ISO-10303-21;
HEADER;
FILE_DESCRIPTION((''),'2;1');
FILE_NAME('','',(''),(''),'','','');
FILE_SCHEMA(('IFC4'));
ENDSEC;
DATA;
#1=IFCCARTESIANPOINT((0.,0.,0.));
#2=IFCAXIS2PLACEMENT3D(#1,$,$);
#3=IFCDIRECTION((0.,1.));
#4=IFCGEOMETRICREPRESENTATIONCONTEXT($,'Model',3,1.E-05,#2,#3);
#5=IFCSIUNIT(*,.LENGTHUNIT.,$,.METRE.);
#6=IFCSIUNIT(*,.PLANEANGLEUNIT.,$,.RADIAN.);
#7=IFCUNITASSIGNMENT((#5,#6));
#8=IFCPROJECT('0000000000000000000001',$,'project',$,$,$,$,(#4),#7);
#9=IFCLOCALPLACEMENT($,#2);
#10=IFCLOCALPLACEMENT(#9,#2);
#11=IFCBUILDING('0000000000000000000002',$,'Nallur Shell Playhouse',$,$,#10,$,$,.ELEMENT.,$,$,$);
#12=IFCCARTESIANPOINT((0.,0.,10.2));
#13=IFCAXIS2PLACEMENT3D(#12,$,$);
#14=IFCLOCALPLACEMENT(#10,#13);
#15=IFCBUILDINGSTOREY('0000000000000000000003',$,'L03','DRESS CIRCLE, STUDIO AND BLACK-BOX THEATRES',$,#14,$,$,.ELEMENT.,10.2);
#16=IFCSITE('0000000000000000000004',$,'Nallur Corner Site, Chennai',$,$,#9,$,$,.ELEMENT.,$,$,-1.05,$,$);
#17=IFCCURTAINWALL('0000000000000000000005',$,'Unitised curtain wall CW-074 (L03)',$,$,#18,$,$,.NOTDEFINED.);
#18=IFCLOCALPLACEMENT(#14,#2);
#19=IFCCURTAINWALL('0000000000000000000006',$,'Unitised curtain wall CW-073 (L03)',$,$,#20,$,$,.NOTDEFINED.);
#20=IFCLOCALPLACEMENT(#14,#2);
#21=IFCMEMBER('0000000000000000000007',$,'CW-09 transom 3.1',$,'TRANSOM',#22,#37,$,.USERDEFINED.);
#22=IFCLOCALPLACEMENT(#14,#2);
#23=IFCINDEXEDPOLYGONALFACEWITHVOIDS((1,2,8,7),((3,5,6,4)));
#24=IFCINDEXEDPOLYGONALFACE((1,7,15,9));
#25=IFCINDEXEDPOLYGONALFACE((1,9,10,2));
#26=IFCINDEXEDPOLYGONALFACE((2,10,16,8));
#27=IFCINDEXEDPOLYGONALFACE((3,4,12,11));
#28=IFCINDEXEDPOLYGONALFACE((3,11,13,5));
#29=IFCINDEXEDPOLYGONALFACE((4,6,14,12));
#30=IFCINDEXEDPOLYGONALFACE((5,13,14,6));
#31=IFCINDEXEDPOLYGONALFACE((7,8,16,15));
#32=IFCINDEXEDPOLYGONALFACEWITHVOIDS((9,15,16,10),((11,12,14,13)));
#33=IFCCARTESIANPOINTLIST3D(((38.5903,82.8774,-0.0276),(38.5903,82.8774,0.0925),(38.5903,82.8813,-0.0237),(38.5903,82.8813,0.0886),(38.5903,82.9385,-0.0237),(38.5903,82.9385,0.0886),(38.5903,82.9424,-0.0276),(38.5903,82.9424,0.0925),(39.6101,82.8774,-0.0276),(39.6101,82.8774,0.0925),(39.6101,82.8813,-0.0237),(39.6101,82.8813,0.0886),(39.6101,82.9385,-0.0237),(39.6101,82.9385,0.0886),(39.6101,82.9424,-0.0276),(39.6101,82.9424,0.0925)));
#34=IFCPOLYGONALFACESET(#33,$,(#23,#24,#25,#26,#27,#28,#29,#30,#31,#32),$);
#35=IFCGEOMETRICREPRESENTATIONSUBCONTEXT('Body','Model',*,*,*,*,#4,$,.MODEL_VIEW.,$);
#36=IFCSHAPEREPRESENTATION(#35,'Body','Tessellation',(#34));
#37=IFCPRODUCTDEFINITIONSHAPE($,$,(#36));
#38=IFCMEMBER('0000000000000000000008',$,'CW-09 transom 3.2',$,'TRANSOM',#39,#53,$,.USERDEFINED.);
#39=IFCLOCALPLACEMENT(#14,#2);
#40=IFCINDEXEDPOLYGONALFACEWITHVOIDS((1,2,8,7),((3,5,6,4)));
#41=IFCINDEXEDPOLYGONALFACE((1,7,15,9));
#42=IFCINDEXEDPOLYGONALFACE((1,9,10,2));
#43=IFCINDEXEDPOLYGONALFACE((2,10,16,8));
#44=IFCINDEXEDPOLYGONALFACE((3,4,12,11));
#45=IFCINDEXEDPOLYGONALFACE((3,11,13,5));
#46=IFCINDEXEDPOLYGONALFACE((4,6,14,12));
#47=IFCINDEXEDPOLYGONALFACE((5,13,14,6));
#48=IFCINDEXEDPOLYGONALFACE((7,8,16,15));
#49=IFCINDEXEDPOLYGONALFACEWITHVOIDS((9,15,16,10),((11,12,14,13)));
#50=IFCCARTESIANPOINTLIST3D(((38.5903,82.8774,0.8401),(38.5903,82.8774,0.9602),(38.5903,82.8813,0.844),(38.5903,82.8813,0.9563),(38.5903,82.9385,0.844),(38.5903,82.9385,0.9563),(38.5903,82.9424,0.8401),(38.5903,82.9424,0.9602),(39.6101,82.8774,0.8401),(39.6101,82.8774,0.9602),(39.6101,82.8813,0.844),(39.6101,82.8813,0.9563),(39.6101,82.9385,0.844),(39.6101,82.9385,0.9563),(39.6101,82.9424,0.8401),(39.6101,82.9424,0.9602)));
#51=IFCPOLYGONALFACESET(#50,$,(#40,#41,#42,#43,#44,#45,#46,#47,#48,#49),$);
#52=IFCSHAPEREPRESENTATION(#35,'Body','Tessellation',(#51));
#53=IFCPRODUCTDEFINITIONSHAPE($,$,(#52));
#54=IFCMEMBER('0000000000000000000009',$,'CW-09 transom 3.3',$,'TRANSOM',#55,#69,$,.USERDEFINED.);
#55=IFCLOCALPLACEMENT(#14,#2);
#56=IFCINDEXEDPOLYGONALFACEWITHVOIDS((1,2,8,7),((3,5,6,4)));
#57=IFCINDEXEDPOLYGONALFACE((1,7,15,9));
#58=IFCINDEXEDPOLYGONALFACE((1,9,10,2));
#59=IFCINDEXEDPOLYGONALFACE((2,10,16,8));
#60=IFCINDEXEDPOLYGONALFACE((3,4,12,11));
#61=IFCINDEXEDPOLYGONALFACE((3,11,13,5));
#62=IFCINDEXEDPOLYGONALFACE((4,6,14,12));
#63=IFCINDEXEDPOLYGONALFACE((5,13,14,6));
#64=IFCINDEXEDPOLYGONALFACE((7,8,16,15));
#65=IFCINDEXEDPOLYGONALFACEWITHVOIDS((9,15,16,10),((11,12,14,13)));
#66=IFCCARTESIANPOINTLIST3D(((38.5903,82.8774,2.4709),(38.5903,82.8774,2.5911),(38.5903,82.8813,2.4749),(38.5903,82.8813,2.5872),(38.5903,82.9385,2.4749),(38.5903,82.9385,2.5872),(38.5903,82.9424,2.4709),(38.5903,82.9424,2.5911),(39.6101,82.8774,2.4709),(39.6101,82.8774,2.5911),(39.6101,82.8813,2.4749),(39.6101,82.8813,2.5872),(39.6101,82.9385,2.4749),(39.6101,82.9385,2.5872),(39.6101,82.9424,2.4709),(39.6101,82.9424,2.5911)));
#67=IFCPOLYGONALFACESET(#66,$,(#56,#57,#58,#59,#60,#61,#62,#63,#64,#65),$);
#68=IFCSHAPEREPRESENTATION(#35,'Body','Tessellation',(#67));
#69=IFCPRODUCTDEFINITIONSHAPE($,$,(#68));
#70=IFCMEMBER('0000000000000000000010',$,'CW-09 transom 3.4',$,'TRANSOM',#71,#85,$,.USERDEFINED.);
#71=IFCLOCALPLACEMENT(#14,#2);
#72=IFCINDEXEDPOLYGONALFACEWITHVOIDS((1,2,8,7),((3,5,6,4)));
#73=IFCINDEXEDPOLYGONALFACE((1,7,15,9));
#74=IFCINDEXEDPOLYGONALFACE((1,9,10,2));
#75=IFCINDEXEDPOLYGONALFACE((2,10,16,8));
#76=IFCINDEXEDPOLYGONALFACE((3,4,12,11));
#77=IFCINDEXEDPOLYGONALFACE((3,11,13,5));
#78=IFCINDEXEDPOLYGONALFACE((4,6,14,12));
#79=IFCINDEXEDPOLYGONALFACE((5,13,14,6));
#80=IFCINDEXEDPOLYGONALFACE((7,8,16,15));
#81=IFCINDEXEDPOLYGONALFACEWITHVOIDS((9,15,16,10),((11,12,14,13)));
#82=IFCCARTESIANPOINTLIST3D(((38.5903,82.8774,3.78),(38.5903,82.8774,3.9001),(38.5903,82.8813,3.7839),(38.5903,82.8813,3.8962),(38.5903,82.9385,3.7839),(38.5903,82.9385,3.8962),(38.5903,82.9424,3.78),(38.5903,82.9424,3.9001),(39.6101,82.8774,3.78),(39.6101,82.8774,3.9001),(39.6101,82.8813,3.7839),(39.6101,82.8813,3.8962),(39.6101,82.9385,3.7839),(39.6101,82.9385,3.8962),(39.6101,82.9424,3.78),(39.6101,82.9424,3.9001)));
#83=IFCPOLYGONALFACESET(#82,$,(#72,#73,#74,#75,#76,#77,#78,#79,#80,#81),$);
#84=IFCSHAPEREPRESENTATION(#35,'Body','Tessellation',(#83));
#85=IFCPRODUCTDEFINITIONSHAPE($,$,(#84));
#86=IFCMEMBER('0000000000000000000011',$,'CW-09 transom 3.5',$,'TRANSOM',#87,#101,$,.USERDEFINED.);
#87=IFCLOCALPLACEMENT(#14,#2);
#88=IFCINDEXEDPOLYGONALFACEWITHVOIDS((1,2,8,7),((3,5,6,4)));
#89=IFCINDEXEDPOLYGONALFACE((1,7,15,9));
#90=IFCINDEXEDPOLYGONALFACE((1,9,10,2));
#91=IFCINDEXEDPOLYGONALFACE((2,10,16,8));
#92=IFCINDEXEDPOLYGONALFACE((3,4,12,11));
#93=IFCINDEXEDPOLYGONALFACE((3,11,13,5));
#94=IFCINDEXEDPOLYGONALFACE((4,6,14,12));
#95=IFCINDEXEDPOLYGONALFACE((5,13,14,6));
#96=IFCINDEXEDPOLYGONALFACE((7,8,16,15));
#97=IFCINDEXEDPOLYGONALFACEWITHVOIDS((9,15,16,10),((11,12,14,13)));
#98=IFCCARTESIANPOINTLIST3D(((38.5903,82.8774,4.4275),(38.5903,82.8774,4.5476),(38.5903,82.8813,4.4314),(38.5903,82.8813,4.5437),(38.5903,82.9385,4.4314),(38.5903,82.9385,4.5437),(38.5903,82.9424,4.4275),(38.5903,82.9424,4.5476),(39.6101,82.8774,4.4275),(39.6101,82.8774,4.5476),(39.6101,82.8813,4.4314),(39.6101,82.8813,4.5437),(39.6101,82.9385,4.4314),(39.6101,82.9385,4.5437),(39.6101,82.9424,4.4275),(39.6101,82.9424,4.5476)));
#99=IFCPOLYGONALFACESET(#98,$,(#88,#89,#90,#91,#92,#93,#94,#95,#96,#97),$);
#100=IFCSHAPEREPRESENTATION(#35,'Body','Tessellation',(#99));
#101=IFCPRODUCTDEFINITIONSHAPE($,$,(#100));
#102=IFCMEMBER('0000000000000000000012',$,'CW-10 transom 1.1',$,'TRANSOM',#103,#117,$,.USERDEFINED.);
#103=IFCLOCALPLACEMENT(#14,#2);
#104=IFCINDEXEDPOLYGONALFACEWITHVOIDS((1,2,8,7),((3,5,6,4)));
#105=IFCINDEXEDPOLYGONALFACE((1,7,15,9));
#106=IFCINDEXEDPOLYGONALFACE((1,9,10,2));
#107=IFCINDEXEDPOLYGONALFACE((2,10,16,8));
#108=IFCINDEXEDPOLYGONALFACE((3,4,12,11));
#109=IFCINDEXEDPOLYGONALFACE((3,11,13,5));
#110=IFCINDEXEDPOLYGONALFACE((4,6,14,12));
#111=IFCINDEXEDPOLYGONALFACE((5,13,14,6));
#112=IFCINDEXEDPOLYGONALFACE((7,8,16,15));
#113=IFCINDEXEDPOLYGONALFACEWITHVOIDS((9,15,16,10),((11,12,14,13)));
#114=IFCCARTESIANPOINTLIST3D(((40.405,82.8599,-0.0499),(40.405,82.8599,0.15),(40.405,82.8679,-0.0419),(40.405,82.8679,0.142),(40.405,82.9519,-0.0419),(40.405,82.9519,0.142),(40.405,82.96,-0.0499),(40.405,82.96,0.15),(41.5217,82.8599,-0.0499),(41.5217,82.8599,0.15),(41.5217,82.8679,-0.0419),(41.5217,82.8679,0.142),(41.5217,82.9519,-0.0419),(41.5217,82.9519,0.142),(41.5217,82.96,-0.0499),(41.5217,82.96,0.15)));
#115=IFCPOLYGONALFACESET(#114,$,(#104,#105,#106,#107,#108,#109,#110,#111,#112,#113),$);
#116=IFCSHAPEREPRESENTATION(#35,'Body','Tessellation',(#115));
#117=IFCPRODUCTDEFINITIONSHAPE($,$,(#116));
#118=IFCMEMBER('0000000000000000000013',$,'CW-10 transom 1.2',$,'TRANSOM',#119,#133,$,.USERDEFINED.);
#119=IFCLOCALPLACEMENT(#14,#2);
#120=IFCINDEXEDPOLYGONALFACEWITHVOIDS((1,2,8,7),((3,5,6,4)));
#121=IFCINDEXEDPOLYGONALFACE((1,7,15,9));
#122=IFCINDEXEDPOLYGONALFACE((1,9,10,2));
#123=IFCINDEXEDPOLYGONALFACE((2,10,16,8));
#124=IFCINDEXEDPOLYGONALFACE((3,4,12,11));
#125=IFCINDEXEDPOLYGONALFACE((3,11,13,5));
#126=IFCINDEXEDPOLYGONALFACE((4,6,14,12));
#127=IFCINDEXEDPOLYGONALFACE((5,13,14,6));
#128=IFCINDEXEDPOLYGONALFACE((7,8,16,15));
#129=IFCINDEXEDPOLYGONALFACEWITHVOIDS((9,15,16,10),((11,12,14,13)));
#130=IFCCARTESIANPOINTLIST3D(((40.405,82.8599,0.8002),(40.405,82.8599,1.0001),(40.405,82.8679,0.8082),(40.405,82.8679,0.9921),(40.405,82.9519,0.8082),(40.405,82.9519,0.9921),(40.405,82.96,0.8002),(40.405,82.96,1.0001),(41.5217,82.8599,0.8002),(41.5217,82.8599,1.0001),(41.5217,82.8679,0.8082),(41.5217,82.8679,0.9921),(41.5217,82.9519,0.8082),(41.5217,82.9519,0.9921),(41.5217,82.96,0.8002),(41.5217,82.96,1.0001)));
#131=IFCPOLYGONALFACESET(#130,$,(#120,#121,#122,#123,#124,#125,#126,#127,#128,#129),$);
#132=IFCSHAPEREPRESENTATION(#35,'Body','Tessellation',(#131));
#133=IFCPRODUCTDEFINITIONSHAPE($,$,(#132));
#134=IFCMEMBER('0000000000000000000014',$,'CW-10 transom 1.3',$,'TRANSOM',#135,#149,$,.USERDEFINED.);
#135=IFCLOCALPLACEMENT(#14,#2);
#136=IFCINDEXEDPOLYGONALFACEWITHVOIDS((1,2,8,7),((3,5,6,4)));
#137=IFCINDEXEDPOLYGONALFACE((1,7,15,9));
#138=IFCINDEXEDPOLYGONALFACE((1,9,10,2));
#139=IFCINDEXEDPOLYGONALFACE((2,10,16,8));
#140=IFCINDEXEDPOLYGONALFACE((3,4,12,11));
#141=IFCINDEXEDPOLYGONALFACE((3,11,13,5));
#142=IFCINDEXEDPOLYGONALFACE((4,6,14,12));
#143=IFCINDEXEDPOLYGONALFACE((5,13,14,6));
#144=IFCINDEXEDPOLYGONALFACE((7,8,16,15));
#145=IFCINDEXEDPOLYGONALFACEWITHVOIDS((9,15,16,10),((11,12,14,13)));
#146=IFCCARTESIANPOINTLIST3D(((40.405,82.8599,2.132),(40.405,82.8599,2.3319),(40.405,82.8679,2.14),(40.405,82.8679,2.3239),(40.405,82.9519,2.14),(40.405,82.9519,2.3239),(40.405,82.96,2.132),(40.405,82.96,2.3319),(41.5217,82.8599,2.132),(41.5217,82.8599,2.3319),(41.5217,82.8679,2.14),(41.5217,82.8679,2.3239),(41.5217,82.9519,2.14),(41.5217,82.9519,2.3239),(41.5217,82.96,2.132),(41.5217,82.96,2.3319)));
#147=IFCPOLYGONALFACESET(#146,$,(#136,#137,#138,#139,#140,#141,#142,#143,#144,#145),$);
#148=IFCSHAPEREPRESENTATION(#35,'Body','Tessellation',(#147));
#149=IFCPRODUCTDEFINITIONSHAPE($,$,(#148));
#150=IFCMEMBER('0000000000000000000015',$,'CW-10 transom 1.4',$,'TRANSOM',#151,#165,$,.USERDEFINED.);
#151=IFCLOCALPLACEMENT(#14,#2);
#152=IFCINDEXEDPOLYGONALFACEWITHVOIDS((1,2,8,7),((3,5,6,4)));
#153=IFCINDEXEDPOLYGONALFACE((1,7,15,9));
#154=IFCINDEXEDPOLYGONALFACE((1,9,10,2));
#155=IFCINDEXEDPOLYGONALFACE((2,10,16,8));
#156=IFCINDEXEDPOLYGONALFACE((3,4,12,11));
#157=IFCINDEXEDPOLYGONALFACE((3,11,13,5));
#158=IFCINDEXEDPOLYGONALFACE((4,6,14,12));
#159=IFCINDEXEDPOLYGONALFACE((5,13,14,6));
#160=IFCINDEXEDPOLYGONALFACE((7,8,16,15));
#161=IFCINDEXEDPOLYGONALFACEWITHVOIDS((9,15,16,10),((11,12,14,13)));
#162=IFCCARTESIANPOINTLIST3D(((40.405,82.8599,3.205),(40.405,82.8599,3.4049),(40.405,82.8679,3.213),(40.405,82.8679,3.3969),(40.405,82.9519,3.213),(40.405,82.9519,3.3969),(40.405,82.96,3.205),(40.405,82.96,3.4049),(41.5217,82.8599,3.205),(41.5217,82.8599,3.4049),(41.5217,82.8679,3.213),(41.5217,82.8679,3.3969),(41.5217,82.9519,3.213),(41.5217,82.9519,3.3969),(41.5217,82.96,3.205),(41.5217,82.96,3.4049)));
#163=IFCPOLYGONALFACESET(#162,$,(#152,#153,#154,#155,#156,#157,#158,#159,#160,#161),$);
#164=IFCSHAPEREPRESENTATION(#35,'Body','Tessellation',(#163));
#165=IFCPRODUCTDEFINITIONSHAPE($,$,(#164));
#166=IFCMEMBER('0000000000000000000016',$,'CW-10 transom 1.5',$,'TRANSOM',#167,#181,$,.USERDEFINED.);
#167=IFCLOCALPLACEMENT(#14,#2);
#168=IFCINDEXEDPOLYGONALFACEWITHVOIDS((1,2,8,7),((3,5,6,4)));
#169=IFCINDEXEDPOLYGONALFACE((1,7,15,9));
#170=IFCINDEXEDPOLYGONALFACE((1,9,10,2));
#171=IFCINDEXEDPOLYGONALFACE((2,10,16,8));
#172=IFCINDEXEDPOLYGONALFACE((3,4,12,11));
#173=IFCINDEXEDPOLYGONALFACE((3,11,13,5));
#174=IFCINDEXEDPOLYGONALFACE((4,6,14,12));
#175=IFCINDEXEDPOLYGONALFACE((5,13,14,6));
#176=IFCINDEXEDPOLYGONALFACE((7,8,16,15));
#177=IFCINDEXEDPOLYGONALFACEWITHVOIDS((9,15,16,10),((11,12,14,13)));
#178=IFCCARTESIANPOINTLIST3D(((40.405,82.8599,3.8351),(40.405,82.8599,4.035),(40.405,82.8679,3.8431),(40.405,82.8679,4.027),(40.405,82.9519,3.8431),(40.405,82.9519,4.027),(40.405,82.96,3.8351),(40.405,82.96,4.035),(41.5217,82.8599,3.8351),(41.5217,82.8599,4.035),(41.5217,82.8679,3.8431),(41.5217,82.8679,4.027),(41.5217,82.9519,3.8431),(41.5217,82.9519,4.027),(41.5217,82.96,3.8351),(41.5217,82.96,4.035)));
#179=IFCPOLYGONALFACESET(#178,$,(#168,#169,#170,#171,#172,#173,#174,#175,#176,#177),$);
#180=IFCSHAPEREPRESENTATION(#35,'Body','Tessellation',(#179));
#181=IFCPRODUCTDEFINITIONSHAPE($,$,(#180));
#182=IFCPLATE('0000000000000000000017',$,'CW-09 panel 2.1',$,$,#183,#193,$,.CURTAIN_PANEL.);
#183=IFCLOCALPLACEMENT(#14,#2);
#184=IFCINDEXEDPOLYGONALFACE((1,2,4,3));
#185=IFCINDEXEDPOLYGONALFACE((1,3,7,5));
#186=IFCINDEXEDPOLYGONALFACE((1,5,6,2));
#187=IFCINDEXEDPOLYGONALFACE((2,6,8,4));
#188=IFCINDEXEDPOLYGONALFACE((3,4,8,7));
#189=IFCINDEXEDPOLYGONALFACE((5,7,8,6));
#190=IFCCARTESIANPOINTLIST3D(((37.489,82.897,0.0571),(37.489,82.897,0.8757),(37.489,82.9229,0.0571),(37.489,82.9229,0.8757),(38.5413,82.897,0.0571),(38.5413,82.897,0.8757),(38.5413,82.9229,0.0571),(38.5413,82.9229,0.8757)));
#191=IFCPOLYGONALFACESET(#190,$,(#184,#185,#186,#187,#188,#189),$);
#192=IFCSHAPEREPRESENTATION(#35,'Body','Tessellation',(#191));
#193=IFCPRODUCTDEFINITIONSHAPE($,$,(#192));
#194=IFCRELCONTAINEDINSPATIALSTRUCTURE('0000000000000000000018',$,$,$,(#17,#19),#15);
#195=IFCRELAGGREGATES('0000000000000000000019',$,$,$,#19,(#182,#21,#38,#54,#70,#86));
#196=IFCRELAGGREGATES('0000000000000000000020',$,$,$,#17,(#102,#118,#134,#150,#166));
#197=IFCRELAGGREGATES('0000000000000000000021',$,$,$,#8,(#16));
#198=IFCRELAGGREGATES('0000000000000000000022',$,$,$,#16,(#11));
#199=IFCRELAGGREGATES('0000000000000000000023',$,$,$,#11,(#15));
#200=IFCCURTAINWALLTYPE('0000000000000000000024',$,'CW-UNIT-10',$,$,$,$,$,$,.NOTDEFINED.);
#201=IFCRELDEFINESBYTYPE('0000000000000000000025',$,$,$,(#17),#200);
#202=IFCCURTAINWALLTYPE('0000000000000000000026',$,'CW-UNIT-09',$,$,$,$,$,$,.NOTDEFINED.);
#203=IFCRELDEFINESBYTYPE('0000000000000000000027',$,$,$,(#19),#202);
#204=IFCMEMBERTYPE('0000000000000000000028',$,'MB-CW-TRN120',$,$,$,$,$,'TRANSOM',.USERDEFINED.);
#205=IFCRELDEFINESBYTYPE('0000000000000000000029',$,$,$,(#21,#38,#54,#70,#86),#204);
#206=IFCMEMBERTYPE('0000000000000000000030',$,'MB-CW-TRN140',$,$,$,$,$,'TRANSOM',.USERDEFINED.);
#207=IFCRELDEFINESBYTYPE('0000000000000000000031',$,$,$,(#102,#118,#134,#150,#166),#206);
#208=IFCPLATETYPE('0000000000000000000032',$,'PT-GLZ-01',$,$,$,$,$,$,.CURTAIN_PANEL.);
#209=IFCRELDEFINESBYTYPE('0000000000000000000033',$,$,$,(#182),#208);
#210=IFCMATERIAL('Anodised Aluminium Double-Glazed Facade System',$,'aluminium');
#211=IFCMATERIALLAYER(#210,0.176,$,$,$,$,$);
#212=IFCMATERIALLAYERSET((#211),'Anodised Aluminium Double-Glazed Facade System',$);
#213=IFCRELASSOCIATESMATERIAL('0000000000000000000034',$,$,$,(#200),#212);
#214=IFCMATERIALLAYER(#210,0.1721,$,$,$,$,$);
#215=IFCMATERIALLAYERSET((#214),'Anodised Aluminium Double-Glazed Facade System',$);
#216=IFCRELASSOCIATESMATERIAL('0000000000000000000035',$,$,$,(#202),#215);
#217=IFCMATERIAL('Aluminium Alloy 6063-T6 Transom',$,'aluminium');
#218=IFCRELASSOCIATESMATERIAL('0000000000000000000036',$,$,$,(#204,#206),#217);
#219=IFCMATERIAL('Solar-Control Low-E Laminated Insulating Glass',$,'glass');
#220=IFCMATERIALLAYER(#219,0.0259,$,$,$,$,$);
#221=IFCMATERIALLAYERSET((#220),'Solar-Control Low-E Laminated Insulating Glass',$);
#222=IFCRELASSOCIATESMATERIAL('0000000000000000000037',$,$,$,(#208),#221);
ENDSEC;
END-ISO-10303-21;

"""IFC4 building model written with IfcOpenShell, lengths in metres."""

from ifc_helpers import new_model, si_unit, direction, frame, origin, origin_2d, place, context, subcontext, project, spatial, rectangle, hollow_rectangle, extrude, material, layer, layer_set, material_profile, profile_set, type_object, element, aggregate, save


model = new_model("IFC4")

# Units and contexts
model_context = context("Model", 3, precision=1e-05, world=origin(), true_north=direction((0.0, 1.0)))
body_context = subcontext(model_context, "Body", "Model", "MODEL_VIEW")
ifc_project = project(units=[si_unit("LENGTHUNIT", "METRE"), si_unit("PLANEANGLEUNIT", "RADIAN")], contexts=[model_context])

# Site, building, storey
site_placement = place(None, origin())
site = spatial("IfcSite", under=ifc_project, at=site_placement, Name="Nallur Corner Site, Chennai", CompositionType="ELEMENT", RefElevation=-1.05)
building_placement = place(site_placement, origin())
building = spatial("IfcBuilding", under=site, at=building_placement, Name="Nallur Shell Playhouse", CompositionType="ELEMENT")
storey_placement = place(building_placement, frame((0.0, 0.0, 10.2)))
storey = spatial("IfcBuildingStorey", under=building, at=storey_placement, Name="L03", Description="DRESS CIRCLE, STUDIO AND BLACK-BOX THEATRES", CompositionType="ELEMENT", Elevation=10.2)

# Curtain wall
ifc_material_1 = material(Name="Anodised Aluminium Double-Glazed Facade System", Category="aluminium")
ifc_layer_1 = layer(ifc_material_1, 0.176)
ifc_layer_set_1 = layer_set([ifc_layer_1], Name="Anodised Aluminium Double-Glazed Facade System")
curtain_wall_type_1 = type_object("IfcCurtainWallType", Name="CW-UNIT-10", PredefinedType="NOTDEFINED", material=ifc_layer_set_1)
curtain_wall_1_placement = place(storey_placement, origin())
curtain_wall_1 = element("IfcCurtainWall", 1, at=curtain_wall_1_placement, inside=storey, type_object=curtain_wall_type_1, Name="Unitised curtain wall CW-074 (L03)", PredefinedType="NOTDEFINED")

# Curtain wall, members
ifc_layer_2 = layer(ifc_material_1, 0.1721)
ifc_layer_set_2 = layer_set([ifc_layer_2], Name="Anodised Aluminium Double-Glazed Facade System")
curtain_wall_type_2 = type_object("IfcCurtainWallType", Name="CW-UNIT-09", PredefinedType="NOTDEFINED", material=ifc_layer_set_2)
curtain_wall_2_placement = place(storey_placement, origin())
curtain_wall_2 = element("IfcCurtainWall", 2, at=curtain_wall_2_placement, inside=storey, type_object=curtain_wall_type_2, Name="Unitised curtain wall CW-073 (L03)", PredefinedType="NOTDEFINED")
ifc_material_2 = material(Name="Aluminium Alloy 6063-T6 Transom", Category="aluminium")
ifc_material_profile_1 = material_profile(ifc_material_2, hollow_rectangle(XDim=0.0649, YDim=0.1201, WallThickness=0.0039, at=origin_2d()), Name="ALU 65x120x4")
ifc_profile_set_1 = profile_set([ifc_material_profile_1], Name="Aluminium Alloy 6063-T6 Transom")
member_type_1 = type_object("IfcMemberType", Name="MB-CW-TRN120", ElementType="TRANSOM", PredefinedType="USERDEFINED", material=ifc_profile_set_1)
member_1_placement = place(storey_placement, frame((38.5903, 82.9099, 0.0325), z_axis=(1.0, 0.0, 0.0), x_axis=(0.0, 1.0, 0.0)))
member_1 = element("IfcMember", 3, at=member_1_placement, type_object=member_type_1, Name="CW-09 transom 3.1", ObjectType="TRANSOM", PredefinedType="USERDEFINED", context=body_context, shape_type="SweptSolid", body=[
    extrude(hollow_rectangle(XDim=0.0649, YDim=0.1201, WallThickness=0.0039, at=origin_2d()), origin(), (0.0, 0.0, 1.0), 1.0198),
])
member_2_placement = place(storey_placement, frame((38.5903, 82.9099, 0.9001), z_axis=(1.0, 0.0, 0.0), x_axis=(0.0, 1.0, 0.0)))
member_2 = element("IfcMember", 4, at=member_2_placement, type_object=member_type_1, Name="CW-09 transom 3.2", ObjectType="TRANSOM", PredefinedType="USERDEFINED", context=body_context, shape_type="SweptSolid", body=[
    extrude(hollow_rectangle(XDim=0.0649, YDim=0.1201, WallThickness=0.0039, at=origin_2d()), origin(), (0.0, 0.0, 1.0), 1.0198),
])
member_3_placement = place(storey_placement, frame((38.5903, 82.9099, 2.531), z_axis=(1.0, 0.0, 0.0), x_axis=(0.0, 1.0, 0.0)))
member_3 = element("IfcMember", 5, at=member_3_placement, type_object=member_type_1, Name="CW-09 transom 3.3", ObjectType="TRANSOM", PredefinedType="USERDEFINED", context=body_context, shape_type="SweptSolid", body=[
    extrude(hollow_rectangle(XDim=0.0649, YDim=0.1201, WallThickness=0.0039, at=origin_2d()), origin(), (0.0, 0.0, 1.0), 1.0198),
])
member_4_placement = place(storey_placement, frame((38.5903, 82.9099, 3.8401), z_axis=(1.0, 0.0, 0.0), x_axis=(0.0, 1.0, 0.0)))
member_4 = element("IfcMember", 6, at=member_4_placement, type_object=member_type_1, Name="CW-09 transom 3.4", ObjectType="TRANSOM", PredefinedType="USERDEFINED", context=body_context, shape_type="SweptSolid", body=[
    extrude(hollow_rectangle(XDim=0.0649, YDim=0.1201, WallThickness=0.0039, at=origin_2d()), origin(), (0.0, 0.0, 1.0), 1.0198),
])
member_5_placement = place(storey_placement, frame((38.5903, 82.9099, 4.4875), z_axis=(1.0, 0.0, 0.0), x_axis=(0.0, 1.0, 0.0)))
member_5 = element("IfcMember", 7, at=member_5_placement, type_object=member_type_1, Name="CW-09 transom 3.5", ObjectType="TRANSOM", PredefinedType="USERDEFINED", context=body_context, shape_type="SweptSolid", body=[
    extrude(hollow_rectangle(XDim=0.0649, YDim=0.1201, WallThickness=0.0039, at=origin_2d()), origin(), (0.0, 0.0, 1.0), 1.0198),
])

# Members
ifc_material_profile_2 = material_profile(ifc_material_2, hollow_rectangle(XDim=0.1001, YDim=0.2, WallThickness=0.0081, at=origin_2d()), Name="RHS 200x100x8")
ifc_profile_set_2 = profile_set([ifc_material_profile_2], Name="Aluminium Alloy 6063-T6 Transom")
member_type_2 = type_object("IfcMemberType", Name="MB-CW-TRN140", ElementType="TRANSOM", PredefinedType="USERDEFINED", material=ifc_profile_set_2)
member_6_placement = place(storey_placement, frame((40.405, 82.9099, 0.05), z_axis=(1.0, 0.0, 0.0), x_axis=(0.0, 1.0, 0.0)))
member_6 = element("IfcMember", 8, at=member_6_placement, type_object=member_type_2, Name="CW-10 transom 1.1", ObjectType="TRANSOM", PredefinedType="USERDEFINED", context=body_context, shape_type="SweptSolid", body=[
    extrude(hollow_rectangle(XDim=0.1001, YDim=0.2, WallThickness=0.0081, at=origin_2d()), origin(), (0.0, 0.0, 1.0), 1.1167),
])
member_7_placement = place(storey_placement, frame((40.405, 82.9099, 0.9001), z_axis=(1.0, 0.0, 0.0), x_axis=(0.0, 1.0, 0.0)))
member_7 = element("IfcMember", 9, at=member_7_placement, type_object=member_type_2, Name="CW-10 transom 1.2", ObjectType="TRANSOM", PredefinedType="USERDEFINED", context=body_context, shape_type="SweptSolid", body=[
    extrude(hollow_rectangle(XDim=0.1001, YDim=0.2, WallThickness=0.0081, at=origin_2d()), origin(), (0.0, 0.0, 1.0), 1.1167),
])
member_8_placement = place(storey_placement, frame((40.405, 82.9099, 2.2319), z_axis=(1.0, 0.0, 0.0), x_axis=(0.0, 1.0, 0.0)))
member_8 = element("IfcMember", 10, at=member_8_placement, type_object=member_type_2, Name="CW-10 transom 1.3", ObjectType="TRANSOM", PredefinedType="USERDEFINED", context=body_context, shape_type="SweptSolid", body=[
    extrude(hollow_rectangle(XDim=0.1001, YDim=0.2, WallThickness=0.0081, at=origin_2d()), origin(), (0.0, 0.0, 1.0), 1.1167),
])
member_9_placement = place(storey_placement, frame((40.405, 82.9099, 3.3049), z_axis=(1.0, 0.0, 0.0), x_axis=(0.0, 1.0, 0.0)))
member_9 = element("IfcMember", 11, at=member_9_placement, type_object=member_type_2, Name="CW-10 transom 1.4", ObjectType="TRANSOM", PredefinedType="USERDEFINED", context=body_context, shape_type="SweptSolid", body=[
    extrude(hollow_rectangle(XDim=0.1001, YDim=0.2, WallThickness=0.0081, at=origin_2d()), origin(), (0.0, 0.0, 1.0), 1.1167),
])
member_10_placement = place(storey_placement, frame((40.405, 82.9099, 3.9351), z_axis=(1.0, 0.0, 0.0), x_axis=(0.0, 1.0, 0.0)))
member_10 = element("IfcMember", 12, at=member_10_placement, type_object=member_type_2, Name="CW-10 transom 1.5", ObjectType="TRANSOM", PredefinedType="USERDEFINED", context=body_context, shape_type="SweptSolid", body=[
    extrude(hollow_rectangle(XDim=0.1001, YDim=0.2, WallThickness=0.0081, at=origin_2d()), origin(), (0.0, 0.0, 1.0), 1.1167),
])

# Plate
ifc_material_3 = material(Name="Solar-Control Low-E Laminated Insulating Glass", Category="glass")
ifc_layer_3 = layer(ifc_material_3, 0.0259)
ifc_layer_set_3 = layer_set([ifc_layer_3], Name="Solar-Control Low-E Laminated Insulating Glass")
plate_type_1 = type_object("IfcPlateType", Name="PT-GLZ-01", PredefinedType="CURTAIN_PANEL", material=ifc_layer_set_3)
plate_1_placement = place(storey_placement, frame((38.0151, 82.9099, 0.0571), z_axis=(0.0, 0.0, 1.0), x_axis=(1.0, 0.0, 0.0)))
plate_1 = element("IfcPlate", 13, at=plate_1_placement, type_object=plate_type_1, Name="CW-09 panel 2.1", PredefinedType="CURTAIN_PANEL", context=body_context, shape_type="SweptSolid", body=[
    extrude(rectangle(XDim=1.0522, YDim=0.0259, at=origin_2d()), origin(), (0.0, 0.0, 1.0), 0.8186),
])
aggregate(curtain_wall_2, [plate_1, member_1, member_2, member_3, member_4, member_5])
aggregate(curtain_wall_1, [member_6, member_7, member_8, member_9, member_10])

save(model, "model.ifc")
